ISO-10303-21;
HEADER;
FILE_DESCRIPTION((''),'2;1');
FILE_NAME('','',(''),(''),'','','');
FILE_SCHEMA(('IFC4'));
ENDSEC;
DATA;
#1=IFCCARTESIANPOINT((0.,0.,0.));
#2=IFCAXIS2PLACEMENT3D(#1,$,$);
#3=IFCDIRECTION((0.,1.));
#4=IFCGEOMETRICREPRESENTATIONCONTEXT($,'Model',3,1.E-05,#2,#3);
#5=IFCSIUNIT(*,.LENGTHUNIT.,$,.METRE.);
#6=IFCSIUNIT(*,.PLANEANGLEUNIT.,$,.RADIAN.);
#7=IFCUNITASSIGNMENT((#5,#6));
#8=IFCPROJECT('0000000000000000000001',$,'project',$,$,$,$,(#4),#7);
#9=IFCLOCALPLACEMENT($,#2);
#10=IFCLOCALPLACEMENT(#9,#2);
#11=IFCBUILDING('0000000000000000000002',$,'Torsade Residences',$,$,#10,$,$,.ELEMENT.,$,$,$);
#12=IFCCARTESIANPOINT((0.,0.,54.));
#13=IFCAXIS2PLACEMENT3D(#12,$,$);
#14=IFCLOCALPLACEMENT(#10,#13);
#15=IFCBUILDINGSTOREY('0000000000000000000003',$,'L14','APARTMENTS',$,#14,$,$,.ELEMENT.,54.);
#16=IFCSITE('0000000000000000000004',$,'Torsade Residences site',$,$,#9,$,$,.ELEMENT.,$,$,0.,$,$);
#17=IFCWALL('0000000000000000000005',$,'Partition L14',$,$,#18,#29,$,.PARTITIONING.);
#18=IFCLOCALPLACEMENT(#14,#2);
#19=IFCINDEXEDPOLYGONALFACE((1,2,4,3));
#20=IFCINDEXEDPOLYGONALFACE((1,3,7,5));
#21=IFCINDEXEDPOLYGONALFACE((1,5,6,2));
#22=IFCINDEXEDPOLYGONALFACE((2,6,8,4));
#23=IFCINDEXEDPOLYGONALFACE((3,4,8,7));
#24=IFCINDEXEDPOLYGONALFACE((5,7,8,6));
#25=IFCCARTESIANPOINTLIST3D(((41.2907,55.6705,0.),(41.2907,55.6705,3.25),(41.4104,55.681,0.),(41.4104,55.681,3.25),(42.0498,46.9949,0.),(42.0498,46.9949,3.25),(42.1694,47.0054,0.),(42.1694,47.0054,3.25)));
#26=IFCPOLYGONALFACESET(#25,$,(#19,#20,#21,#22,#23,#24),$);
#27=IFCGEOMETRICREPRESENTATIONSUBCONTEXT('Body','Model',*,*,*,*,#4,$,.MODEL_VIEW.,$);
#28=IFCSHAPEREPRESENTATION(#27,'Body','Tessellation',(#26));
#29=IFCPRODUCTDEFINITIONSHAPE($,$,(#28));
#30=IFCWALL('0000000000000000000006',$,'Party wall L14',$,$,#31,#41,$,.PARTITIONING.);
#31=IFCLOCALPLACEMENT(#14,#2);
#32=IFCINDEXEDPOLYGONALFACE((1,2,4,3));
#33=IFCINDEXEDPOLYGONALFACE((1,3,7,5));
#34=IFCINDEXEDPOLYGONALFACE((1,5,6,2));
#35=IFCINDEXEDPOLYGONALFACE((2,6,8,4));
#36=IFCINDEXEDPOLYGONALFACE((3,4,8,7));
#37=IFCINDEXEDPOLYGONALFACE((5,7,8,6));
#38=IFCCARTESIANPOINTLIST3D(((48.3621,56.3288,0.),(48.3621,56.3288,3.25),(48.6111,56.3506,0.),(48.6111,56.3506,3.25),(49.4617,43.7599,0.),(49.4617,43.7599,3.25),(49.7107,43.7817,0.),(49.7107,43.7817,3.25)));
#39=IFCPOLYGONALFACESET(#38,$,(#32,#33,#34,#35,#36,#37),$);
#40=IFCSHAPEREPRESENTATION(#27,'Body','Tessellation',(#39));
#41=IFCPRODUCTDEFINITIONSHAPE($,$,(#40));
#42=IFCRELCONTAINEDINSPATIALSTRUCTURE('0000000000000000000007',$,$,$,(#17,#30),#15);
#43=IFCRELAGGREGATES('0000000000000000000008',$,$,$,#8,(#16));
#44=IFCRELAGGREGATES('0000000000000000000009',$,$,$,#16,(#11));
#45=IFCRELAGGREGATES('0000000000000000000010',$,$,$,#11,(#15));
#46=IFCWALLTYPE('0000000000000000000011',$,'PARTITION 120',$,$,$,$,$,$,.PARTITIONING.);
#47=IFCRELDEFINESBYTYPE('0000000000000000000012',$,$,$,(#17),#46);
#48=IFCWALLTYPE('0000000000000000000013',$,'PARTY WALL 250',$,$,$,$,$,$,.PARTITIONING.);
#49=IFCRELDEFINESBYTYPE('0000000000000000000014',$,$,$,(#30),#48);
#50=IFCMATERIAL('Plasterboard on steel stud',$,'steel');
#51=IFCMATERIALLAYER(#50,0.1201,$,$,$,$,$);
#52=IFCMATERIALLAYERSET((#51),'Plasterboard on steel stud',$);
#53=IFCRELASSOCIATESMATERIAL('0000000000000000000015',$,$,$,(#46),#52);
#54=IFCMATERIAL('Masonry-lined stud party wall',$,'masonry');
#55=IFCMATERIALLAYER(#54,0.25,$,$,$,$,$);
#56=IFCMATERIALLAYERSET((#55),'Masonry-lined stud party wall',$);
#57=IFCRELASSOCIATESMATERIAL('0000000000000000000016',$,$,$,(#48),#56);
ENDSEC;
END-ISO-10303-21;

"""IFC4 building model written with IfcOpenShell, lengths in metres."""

from ifc_helpers import new_model, si_unit, direction, frame, frame_2d, origin, place, context, subcontext, project, spatial, rectangle, extrude, material, layer, layer_set, type_object, element, save


model = new_model("IFC4")

# Units and contexts
model_context = context("Model", 3, precision=1e-05, world=origin(), true_north=direction((0.0, 1.0)))
body_context = subcontext(model_context, "Body", "Model", "MODEL_VIEW")
ifc_project = project(units=[si_unit("LENGTHUNIT", "METRE"), si_unit("PLANEANGLEUNIT", "RADIAN")], contexts=[model_context])

# Site, building, storey
site_placement = place(None, origin())
site = spatial("IfcSite", under=ifc_project, at=site_placement, Name="Torsade Residences site", CompositionType="ELEMENT", RefElevation=0.0)
building_placement = place(site_placement, origin())
building = spatial("IfcBuilding", under=site, at=building_placement, Name="Torsade Residences", CompositionType="ELEMENT")
storey_placement = place(building_placement, frame((0.0, 0.0, 54.0)))
storey = spatial("IfcBuildingStorey", under=building, at=storey_placement, Name="L14", Description="APARTMENTS", CompositionType="ELEMENT", Elevation=54.0)

# Shared definitions
ifc_material_1 = material(Name="Plasterboard on steel stud", Category="steel")
ifc_layer_1 = layer(ifc_material_1, 0.1201)
ifc_layer_set_1 = layer_set([ifc_layer_1], Name="Plasterboard on steel stud")
wall_type_1 = type_object("IfcWallType", Name="PARTITION 120", PredefinedType="PARTITIONING", material=ifc_layer_set_1)

# Walls
wall_1_placement = place(storey_placement, frame((42.1096, 47.0, 0.0), z_axis=(0.0, 0.0, 1.0), x_axis=(-0.087158, 0.996194, 0.0)))
element("IfcWall", 1, at=wall_1_placement, inside=storey, type_object=wall_type_1, Name="Partition L14", PredefinedType="PARTITIONING", context=body_context, shape_type="SweptSolid", body=[
    extrude(rectangle(XDim=8.7087, YDim=0.1201, at=frame_2d((4.3545, 0.0))), origin(), (0.0, 0.0, 1.0), 3.25),
])
ifc_material_2 = material(Name="Masonry-lined stud party wall", Category="masonry")
ifc_layer_2 = layer(ifc_material_2, 0.25)
ifc_layer_set_2 = layer_set([ifc_layer_2], Name="Masonry-lined stud party wall")
wall_type_2 = type_object("IfcWallType", Name="PARTY WALL 250", PredefinedType="PARTITIONING", material=ifc_layer_set_2)
wall_2_placement = place(storey_placement, frame((48.4866, 56.3398, 0.0), z_axis=(0.0, 0.0, 1.0), x_axis=(0.087154, -0.996195, 0.0)))
element("IfcWall", 2, at=wall_2_placement, inside=storey, type_object=wall_type_2, Name="Party wall L14", PredefinedType="PARTITIONING", context=body_context, shape_type="SweptSolid", body=[
    extrude(rectangle(XDim=12.6169, YDim=0.25, at=frame_2d((6.3086, 0.0))), origin(), (0.0, 0.0, 1.0), 3.25),
])

save(model, "model.ifc")
